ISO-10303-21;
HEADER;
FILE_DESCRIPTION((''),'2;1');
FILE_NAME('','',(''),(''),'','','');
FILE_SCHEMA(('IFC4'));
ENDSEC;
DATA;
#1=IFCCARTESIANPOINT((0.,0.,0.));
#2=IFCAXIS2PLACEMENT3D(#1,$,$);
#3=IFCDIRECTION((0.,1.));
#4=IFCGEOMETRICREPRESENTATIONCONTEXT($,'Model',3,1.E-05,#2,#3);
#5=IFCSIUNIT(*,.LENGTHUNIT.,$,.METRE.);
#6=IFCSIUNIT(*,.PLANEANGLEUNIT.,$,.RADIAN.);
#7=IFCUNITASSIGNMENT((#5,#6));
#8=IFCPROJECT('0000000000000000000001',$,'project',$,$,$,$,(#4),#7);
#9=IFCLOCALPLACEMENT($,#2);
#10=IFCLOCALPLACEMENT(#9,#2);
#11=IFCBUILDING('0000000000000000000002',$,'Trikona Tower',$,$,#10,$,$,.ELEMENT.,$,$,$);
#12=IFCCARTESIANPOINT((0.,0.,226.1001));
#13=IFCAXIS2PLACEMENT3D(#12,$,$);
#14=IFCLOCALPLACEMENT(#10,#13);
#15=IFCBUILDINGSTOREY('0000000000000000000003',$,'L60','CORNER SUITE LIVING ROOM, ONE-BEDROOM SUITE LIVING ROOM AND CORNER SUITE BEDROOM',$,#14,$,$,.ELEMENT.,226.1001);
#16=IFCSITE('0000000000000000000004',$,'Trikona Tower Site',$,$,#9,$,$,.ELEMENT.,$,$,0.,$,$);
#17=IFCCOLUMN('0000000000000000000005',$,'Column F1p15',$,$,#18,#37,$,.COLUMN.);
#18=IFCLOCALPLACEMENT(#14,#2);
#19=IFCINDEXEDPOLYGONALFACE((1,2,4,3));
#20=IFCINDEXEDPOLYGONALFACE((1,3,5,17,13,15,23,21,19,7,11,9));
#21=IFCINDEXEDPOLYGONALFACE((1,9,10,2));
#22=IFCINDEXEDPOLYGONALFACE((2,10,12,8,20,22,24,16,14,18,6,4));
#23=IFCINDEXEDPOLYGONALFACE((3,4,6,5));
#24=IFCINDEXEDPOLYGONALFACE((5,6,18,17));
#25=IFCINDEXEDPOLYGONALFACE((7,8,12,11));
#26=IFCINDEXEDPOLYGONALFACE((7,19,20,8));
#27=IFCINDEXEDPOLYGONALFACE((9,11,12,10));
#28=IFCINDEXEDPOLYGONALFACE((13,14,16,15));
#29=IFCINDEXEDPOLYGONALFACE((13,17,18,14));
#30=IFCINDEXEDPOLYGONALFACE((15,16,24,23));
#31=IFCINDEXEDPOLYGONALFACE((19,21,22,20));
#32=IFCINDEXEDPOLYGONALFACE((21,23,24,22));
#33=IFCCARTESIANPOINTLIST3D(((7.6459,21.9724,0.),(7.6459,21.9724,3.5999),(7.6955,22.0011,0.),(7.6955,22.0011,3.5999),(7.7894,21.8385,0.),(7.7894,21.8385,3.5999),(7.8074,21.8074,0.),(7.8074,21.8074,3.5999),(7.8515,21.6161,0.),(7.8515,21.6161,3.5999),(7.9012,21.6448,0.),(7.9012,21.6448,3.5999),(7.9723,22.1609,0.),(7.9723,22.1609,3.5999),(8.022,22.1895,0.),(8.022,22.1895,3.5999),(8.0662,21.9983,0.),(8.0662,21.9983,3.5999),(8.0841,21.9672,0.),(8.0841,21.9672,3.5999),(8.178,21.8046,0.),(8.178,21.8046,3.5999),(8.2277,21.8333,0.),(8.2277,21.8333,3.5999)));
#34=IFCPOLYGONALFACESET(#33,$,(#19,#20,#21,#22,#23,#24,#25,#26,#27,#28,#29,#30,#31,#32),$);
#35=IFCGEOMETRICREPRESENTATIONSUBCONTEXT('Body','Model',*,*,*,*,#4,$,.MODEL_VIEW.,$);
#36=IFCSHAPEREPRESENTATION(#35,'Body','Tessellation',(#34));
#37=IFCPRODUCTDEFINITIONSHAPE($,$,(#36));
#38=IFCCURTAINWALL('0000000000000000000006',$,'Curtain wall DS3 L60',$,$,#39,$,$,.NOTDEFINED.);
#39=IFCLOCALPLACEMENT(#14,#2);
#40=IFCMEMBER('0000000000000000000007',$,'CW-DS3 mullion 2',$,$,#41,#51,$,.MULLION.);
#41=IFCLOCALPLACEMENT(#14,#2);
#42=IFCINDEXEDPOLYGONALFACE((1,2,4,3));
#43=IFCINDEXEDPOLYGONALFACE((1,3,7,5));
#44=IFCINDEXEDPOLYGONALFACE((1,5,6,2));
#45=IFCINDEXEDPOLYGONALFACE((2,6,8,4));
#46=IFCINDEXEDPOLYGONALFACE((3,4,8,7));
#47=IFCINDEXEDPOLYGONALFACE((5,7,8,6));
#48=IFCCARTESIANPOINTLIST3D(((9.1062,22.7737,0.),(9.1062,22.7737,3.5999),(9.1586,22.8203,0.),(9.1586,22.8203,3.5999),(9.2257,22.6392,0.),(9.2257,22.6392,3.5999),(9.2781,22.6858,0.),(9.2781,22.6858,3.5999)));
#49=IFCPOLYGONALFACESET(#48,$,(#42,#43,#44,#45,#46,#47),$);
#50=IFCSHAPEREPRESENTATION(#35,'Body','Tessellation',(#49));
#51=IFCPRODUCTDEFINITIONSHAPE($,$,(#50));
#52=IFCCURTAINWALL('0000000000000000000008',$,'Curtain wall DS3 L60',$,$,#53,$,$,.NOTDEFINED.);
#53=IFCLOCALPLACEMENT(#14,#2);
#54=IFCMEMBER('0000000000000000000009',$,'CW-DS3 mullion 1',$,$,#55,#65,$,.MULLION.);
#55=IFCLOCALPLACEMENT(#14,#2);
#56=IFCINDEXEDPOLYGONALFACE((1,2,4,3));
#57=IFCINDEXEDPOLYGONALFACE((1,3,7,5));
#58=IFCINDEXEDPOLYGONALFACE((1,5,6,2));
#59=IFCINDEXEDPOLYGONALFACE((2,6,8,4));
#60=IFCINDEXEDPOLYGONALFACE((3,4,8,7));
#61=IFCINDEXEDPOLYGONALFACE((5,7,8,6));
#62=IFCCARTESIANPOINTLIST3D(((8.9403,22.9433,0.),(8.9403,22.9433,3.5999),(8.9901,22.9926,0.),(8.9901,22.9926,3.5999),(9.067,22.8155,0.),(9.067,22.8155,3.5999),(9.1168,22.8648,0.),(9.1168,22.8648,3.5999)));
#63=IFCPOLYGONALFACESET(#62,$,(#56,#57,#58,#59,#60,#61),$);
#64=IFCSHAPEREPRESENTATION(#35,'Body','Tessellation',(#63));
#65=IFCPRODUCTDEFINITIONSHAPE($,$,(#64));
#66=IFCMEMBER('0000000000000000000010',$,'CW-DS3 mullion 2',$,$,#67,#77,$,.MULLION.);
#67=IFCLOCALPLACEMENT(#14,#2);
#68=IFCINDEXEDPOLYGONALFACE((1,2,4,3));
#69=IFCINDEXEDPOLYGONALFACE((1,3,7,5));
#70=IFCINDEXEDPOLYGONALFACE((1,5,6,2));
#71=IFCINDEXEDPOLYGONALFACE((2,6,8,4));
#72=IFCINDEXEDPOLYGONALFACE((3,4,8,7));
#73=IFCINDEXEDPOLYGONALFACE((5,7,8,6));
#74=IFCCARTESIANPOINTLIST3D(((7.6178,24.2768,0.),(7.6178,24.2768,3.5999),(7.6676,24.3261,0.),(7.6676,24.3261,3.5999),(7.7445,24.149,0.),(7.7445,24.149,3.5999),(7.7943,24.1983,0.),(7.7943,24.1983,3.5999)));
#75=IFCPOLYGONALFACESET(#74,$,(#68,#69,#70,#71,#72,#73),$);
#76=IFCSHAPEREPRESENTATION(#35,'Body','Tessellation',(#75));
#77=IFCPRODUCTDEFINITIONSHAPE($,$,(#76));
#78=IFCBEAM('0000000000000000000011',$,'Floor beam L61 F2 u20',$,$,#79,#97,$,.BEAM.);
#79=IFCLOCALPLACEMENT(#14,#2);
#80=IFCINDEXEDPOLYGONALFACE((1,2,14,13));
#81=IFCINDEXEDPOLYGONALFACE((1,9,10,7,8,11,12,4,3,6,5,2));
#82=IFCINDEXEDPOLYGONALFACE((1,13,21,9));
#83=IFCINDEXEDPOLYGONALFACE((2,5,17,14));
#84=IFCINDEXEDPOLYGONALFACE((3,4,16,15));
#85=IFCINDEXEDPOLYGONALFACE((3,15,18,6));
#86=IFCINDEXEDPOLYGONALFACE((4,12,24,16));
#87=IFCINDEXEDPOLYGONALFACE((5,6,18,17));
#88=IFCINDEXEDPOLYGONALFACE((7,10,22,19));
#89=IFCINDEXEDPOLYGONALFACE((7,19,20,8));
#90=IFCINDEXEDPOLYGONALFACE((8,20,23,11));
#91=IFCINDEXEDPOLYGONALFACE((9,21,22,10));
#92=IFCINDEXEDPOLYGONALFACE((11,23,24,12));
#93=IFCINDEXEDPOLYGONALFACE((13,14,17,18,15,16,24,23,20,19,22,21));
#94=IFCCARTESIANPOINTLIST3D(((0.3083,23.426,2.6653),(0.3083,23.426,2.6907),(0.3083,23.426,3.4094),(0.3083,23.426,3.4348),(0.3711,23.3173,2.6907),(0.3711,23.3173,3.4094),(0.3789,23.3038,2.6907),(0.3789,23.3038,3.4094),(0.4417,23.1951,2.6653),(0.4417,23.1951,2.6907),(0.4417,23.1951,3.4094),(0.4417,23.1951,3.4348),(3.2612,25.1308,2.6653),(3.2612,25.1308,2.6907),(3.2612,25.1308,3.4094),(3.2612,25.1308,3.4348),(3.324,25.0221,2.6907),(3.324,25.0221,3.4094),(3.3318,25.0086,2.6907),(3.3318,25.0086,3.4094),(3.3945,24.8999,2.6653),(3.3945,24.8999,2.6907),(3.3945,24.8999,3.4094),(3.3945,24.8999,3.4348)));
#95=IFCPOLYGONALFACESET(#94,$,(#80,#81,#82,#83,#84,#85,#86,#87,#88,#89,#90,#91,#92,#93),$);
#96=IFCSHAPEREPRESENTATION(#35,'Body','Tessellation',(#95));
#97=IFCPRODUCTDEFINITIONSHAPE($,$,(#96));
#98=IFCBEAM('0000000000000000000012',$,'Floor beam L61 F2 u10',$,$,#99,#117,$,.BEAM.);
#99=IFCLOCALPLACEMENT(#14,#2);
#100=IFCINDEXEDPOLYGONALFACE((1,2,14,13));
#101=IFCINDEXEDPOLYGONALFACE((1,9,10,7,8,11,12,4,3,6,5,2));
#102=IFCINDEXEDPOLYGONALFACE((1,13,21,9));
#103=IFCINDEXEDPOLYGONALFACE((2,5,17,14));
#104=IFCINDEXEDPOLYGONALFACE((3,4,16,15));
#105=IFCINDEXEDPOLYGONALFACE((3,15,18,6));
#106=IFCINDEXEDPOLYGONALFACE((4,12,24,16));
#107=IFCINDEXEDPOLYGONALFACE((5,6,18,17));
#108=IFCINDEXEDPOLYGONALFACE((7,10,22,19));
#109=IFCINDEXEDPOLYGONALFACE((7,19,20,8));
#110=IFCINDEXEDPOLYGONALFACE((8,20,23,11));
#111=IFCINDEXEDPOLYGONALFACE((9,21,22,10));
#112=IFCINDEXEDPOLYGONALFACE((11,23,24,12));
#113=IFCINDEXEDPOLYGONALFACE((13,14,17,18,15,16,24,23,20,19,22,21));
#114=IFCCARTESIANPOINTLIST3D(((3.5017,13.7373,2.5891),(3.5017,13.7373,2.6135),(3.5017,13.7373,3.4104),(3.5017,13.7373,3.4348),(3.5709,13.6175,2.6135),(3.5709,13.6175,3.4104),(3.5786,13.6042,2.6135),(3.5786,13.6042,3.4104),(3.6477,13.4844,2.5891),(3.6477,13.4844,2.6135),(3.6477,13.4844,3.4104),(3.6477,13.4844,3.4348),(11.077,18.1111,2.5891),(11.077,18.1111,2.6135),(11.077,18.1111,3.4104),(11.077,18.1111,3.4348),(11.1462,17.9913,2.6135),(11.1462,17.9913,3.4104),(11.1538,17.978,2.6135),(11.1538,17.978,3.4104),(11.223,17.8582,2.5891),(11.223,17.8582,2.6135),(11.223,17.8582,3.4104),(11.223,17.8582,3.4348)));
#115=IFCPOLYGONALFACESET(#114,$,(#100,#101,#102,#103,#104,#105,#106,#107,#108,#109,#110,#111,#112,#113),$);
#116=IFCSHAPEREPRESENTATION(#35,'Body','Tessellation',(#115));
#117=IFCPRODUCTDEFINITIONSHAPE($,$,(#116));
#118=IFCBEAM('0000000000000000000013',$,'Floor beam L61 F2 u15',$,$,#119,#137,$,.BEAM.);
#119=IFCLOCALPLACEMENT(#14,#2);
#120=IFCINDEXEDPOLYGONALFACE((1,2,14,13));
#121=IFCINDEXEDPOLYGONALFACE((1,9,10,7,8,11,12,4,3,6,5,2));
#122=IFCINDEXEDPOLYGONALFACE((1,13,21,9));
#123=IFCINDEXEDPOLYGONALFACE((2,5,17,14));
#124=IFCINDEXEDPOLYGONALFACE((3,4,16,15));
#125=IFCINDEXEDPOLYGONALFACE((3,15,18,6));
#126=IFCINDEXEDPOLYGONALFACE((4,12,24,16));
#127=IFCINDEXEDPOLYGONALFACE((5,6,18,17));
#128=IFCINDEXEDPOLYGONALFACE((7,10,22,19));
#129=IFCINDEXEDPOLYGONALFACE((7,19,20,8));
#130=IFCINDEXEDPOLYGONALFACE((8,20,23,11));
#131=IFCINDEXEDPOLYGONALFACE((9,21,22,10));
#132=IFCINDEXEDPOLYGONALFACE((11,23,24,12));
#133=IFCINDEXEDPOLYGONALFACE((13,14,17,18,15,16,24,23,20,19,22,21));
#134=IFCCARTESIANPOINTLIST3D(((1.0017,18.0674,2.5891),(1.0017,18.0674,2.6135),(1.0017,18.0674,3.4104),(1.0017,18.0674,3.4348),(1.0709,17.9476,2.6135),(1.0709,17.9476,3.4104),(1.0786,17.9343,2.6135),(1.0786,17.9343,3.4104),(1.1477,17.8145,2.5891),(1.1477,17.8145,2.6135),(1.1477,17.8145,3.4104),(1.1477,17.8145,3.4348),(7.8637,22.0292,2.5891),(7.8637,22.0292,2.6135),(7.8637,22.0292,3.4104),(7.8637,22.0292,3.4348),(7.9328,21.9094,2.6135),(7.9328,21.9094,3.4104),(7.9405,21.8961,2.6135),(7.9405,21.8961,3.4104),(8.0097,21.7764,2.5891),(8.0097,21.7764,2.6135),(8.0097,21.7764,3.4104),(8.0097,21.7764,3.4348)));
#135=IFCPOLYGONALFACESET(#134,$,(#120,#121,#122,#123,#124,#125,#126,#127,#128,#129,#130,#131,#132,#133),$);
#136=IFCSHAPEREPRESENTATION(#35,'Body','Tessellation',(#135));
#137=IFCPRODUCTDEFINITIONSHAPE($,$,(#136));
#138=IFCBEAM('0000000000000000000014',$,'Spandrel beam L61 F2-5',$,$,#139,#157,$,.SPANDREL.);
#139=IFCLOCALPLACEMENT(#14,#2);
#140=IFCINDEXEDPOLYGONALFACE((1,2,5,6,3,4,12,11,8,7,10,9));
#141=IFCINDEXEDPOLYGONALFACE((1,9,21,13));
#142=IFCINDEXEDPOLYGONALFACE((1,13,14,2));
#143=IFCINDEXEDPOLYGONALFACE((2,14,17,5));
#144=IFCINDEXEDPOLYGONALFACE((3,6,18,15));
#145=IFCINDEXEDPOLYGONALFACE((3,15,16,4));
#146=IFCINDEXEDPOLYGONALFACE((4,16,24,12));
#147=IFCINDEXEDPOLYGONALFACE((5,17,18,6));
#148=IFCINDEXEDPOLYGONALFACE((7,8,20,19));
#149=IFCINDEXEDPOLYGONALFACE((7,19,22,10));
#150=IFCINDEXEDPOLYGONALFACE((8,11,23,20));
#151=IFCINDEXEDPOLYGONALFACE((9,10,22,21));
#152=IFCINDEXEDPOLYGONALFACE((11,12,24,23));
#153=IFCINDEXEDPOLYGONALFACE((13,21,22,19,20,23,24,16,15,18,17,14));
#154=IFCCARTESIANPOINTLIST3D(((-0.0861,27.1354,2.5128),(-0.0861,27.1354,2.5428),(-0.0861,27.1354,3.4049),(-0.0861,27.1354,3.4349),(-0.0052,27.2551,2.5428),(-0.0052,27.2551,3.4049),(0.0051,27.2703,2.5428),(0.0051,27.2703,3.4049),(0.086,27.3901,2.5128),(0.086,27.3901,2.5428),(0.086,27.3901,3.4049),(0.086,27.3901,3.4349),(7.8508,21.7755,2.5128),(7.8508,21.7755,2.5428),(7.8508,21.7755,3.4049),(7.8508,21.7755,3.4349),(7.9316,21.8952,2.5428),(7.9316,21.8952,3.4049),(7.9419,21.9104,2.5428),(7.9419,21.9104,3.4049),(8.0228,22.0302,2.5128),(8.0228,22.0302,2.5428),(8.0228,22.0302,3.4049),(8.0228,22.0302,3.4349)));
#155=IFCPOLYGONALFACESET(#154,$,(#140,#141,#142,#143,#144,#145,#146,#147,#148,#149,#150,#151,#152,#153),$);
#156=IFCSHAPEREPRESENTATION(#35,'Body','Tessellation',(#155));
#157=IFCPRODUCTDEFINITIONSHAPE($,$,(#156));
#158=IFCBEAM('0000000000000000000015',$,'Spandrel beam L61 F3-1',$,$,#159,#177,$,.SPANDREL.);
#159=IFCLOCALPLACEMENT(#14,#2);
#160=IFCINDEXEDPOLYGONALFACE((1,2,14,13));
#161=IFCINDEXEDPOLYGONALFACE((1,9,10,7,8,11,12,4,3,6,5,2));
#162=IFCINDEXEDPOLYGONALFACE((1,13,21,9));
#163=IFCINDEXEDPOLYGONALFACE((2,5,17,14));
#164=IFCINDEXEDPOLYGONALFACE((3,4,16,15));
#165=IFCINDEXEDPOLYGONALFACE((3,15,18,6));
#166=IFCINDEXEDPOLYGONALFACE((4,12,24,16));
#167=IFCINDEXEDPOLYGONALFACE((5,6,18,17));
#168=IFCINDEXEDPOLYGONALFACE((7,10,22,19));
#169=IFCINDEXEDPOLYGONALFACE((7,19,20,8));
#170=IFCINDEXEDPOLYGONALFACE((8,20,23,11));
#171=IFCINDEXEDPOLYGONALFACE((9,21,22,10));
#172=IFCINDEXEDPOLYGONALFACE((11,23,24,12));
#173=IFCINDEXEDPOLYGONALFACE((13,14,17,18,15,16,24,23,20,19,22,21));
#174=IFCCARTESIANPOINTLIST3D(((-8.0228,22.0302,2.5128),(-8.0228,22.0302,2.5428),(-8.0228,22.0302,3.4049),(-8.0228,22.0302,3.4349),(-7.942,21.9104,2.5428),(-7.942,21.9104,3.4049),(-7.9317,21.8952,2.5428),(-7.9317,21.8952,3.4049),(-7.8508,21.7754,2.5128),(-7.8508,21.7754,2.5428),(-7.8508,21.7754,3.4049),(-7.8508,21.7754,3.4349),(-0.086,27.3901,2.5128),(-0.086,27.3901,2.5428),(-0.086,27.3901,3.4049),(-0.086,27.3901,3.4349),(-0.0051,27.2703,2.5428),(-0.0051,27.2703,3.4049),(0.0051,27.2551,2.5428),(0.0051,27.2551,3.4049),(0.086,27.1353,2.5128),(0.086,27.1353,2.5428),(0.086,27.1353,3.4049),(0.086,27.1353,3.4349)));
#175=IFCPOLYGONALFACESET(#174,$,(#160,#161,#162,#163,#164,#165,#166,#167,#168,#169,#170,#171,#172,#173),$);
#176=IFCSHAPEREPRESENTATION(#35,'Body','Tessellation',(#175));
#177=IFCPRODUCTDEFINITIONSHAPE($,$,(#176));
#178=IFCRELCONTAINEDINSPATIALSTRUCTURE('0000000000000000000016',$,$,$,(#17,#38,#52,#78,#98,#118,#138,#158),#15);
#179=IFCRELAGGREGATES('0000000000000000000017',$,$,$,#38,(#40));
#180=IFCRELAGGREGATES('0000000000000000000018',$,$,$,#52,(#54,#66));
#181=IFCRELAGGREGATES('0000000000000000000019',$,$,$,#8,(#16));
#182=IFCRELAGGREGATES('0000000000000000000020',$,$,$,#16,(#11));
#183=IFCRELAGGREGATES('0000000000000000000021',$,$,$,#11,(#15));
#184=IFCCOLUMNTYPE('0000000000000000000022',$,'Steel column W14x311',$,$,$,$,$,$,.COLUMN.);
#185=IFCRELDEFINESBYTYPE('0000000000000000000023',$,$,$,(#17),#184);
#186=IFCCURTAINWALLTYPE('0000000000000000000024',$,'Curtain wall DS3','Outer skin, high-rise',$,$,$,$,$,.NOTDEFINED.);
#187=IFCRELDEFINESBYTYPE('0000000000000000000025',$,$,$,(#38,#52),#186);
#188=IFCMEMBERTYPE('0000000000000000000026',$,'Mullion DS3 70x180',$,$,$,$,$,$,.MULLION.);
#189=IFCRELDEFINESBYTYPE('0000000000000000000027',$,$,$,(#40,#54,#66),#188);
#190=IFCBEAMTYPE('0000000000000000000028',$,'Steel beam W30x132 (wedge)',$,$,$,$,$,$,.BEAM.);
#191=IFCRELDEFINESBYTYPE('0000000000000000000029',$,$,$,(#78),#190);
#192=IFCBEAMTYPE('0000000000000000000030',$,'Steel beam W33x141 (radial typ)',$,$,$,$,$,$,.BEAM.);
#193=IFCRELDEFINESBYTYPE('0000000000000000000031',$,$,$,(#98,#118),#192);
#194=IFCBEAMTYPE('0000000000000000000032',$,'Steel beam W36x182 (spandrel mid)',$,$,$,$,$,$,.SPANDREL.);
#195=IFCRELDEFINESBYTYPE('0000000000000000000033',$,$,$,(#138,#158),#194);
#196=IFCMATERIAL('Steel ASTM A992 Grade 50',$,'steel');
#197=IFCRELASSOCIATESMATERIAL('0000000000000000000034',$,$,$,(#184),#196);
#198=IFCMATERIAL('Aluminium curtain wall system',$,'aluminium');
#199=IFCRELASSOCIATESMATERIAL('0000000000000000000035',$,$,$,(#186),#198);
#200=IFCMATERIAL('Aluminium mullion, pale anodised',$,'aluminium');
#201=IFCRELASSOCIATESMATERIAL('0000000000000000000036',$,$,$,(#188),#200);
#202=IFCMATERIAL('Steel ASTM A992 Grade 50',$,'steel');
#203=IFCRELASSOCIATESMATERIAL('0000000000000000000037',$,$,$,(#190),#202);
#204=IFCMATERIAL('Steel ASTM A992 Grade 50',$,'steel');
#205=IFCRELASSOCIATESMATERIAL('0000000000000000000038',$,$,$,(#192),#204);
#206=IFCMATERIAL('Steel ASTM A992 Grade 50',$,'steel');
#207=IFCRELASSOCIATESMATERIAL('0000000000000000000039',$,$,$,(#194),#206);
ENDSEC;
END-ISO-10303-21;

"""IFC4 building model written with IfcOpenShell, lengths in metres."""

from ifc_helpers import new_model, si_unit, direction, frame, origin, origin_2d, place, context, subcontext, project, spatial, rectangle, i_section, extrude, material, material_profile, profile_set, type_object, element, aggregate, save


model = new_model("IFC4")

# Units and contexts
model_context = context("Model", 3, precision=1e-05, world=origin(), true_north=direction((0.0, 1.0)))
body_context = subcontext(model_context, "Body", "Model", "MODEL_VIEW")
ifc_project = project(units=[si_unit("LENGTHUNIT", "METRE"), si_unit("PLANEANGLEUNIT", "RADIAN")], contexts=[model_context])

# Site, building, storey
site_placement = place(None, origin())
site = spatial("IfcSite", under=ifc_project, at=site_placement, Name="Trikona Tower Site", CompositionType="ELEMENT", RefElevation=0.0)
building_placement = place(site_placement, origin())
building = spatial("IfcBuilding", under=site, at=building_placement, Name="Trikona Tower", CompositionType="ELEMENT")
storey_placement = place(building_placement, frame((0.0, 0.0, 226.1001)))
storey = spatial("IfcBuildingStorey", under=building, at=storey_placement, Name="L60", Description="CORNER SUITE LIVING ROOM, ONE-BEDROOM SUITE LIVING ROOM AND CORNER SUITE BEDROOM", CompositionType="ELEMENT", Elevation=226.1001)

# Column
ifc_material_1 = material(Name="Steel ASTM A992 Grade 50", Category="steel")
ifc_material_profile_1 = material_profile(ifc_material_1, i_section(OverallWidth=0.4114, OverallDepth=0.4343, WebThickness=0.0359, FlangeThickness=0.0574, at=origin_2d()), Name="W14X311")
ifc_profile_set_1 = profile_set([ifc_material_profile_1], Name="Steel ASTM A992 Grade 50")
column_type = type_object("IfcColumnType", Name="Steel column W14x311", PredefinedType="COLUMN", material=ifc_profile_set_1)
column_placement = place(storey_placement, frame((7.9368, 21.9028, 0.0), z_axis=(0.0, 0.0, 1.0), x_axis=(-0.5, 0.866025, 0.0)))
element("IfcColumn", 1, at=column_placement, inside=storey, type_object=column_type, Name="Column F1p15", PredefinedType="COLUMN", context=body_context, shape_type="SweptSolid", body=[
    extrude(i_section(OverallWidth=0.4114, OverallDepth=0.4343, WebThickness=0.0359, FlangeThickness=0.0574, at=origin_2d()), origin(), (0.0, 0.0, 1.0), 3.5999),
])

# Curtain wall, member
ifc_material_2 = material(Name="Aluminium curtain wall system", Category="aluminium")
curtain_wall_type = type_object("IfcCurtainWallType", Name="Curtain wall DS3", Description="Outer skin, high-rise", PredefinedType="NOTDEFINED", material=ifc_material_2)
curtain_wall_1_placement = place(storey_placement, origin())
curtain_wall_1 = element("IfcCurtainWall", 2, at=curtain_wall_1_placement, inside=storey, type_object=curtain_wall_type, Name="Curtain wall DS3 L60", PredefinedType="NOTDEFINED")
ifc_material_3 = material(Name="Aluminium mullion, pale anodised", Category="aluminium")
ifc_material_profile_2 = material_profile(ifc_material_3, rectangle(XDim=0.0701, YDim=0.1799, at=origin_2d()), Name="MUL-DS3")
ifc_profile_set_2 = profile_set([ifc_material_profile_2], Name="Aluminium mullion, pale anodised")
member_type_1 = type_object("IfcMemberType", Name="Mullion DS3 70x180", PredefinedType="MULLION", material=ifc_profile_set_2)
member_1_placement = place(storey_placement, frame((9.1921, 22.7297, 0.0), z_axis=(0.0, 0.0, 1.0), x_axis=(-0.747403, -0.664371, 0.0)))
member_1 = element("IfcMember", 3, at=member_1_placement, type_object=member_type_1, Name="CW-DS3 mullion 2", PredefinedType="MULLION", context=body_context, shape_type="SweptSolid", body=[
    extrude(rectangle(XDim=0.0701, YDim=0.1799, at=origin_2d()), origin(), (0.0, 0.0, 1.0), 3.5999),
])
aggregate(curtain_wall_1, [member_1])

# Curtain wall, members
curtain_wall_2_placement = place(storey_placement, origin())
curtain_wall_2 = element("IfcCurtainWall", 4, at=curtain_wall_2_placement, inside=storey, type_object=curtain_wall_type, Name="Curtain wall DS3 L60", PredefinedType="NOTDEFINED")
member_2_placement = place(storey_placement, frame((9.0286, 22.9041, 0.0), z_axis=(0.0, 0.0, 1.0), x_axis=(-0.710052, -0.704149, 0.0)))
member_2 = element("IfcMember", 5, at=member_2_placement, type_object=member_type_1, Name="CW-DS3 mullion 1", PredefinedType="MULLION", context=body_context, shape_type="SweptSolid", body=[
    extrude(rectangle(XDim=0.0701, YDim=0.1799, at=origin_2d()), origin(), (0.0, 0.0, 1.0), 3.5999),
])
member_3_placement = place(storey_placement, frame((7.7061, 24.2375, 0.0), z_axis=(0.0, 0.0, 1.0), x_axis=(-0.710052, -0.704149, 0.0)))
member_3 = element("IfcMember", 6, at=member_3_placement, type_object=member_type_1, Name="CW-DS3 mullion 2", PredefinedType="MULLION", context=body_context, shape_type="SweptSolid", body=[
    extrude(rectangle(XDim=0.0701, YDim=0.1799, at=origin_2d()), origin(), (0.0, 0.0, 1.0), 3.5999),
])

# Beams
ifc_material_4 = material(Name="Steel ASTM A992 Grade 50", Category="steel")
ifc_material_profile_3 = material_profile(ifc_material_4, i_section(OverallWidth=0.2666, OverallDepth=0.7695, WebThickness=0.0156, FlangeThickness=0.0254, at=origin_2d()), Name="W30X132")
ifc_profile_set_3 = profile_set([ifc_material_profile_3], Name="Steel ASTM A992 Grade 50")
beam_type_1 = type_object("IfcBeamType", Name="Steel beam W30x132 (wedge)", PredefinedType="BEAM", material=ifc_profile_set_3)
beam_1_placement = place(storey_placement, frame((0.375, 23.3105, 3.05), z_axis=(0.866027, 0.499997, 0.0), x_axis=(-0.499997, 0.866027, 0.0)))
element("IfcBeam", 7, at=beam_1_placement, inside=storey, type_object=beam_type_1, Name="Floor beam L61 F2 u20", PredefinedType="BEAM", context=body_context, shape_type="SweptSolid", body=[
    extrude(i_section(OverallWidth=0.2666, OverallDepth=0.7695, WebThickness=0.0156, FlangeThickness=0.0254, at=origin_2d()), origin(), (0.0, 0.0, 1.0), 3.4097),
])
ifc_material_5 = material(Name="Steel ASTM A992 Grade 50", Category="steel")
ifc_material_profile_4 = material_profile(ifc_material_5, i_section(OverallWidth=0.292, OverallDepth=0.8457, WebThickness=0.0154, FlangeThickness=0.0244, at=origin_2d()), Name="W33X141")
ifc_profile_set_4 = profile_set([ifc_material_profile_4], Name="Steel ASTM A992 Grade 50")
beam_type_2 = type_object("IfcBeamType", Name="Steel beam W33x141 (radial typ)", PredefinedType="BEAM", material=ifc_profile_set_4)
beam_2_placement = place(storey_placement, frame((3.5747, 13.6108, 3.012), z_axis=(0.866014, 0.50002, 0.0), x_axis=(-0.50002, 0.866014, 0.0)))
element("IfcBeam", 8, at=beam_2_placement, inside=storey, type_object=beam_type_2, Name="Floor beam L61 F2 u10", PredefinedType="BEAM", context=body_context, shape_type="SweptSolid", body=[
    extrude(i_section(OverallWidth=0.292, OverallDepth=0.8457, WebThickness=0.0154, FlangeThickness=0.0244, at=origin_2d()), origin(), (0.0, 0.0, 1.0), 8.7473),
])
beam_3_placement = place(storey_placement, frame((1.0747, 17.9409, 3.012), z_axis=(0.86602, 0.50001, 0.0), x_axis=(-0.50001, 0.86602, 0.0)))
element("IfcBeam", 9, at=beam_3_placement, inside=storey, type_object=beam_type_2, Name="Floor beam L61 F2 u15", PredefinedType="BEAM", context=body_context, shape_type="SweptSolid", body=[
    extrude(i_section(OverallWidth=0.292, OverallDepth=0.8457, WebThickness=0.0154, FlangeThickness=0.0244, at=origin_2d()), origin(), (0.0, 0.0, 1.0), 7.9236),
])
ifc_material_6 = material(Name="Steel ASTM A992 Grade 50", Category="steel")
ifc_material_profile_5 = material_profile(ifc_material_6, i_section(OverallWidth=0.3074, OverallDepth=0.9221, WebThickness=0.0183, FlangeThickness=0.03, at=origin_2d()), Name="W36X182")
ifc_profile_set_5 = profile_set([ifc_material_profile_5], Name="Steel ASTM A992 Grade 50")
beam_type_3 = type_object("IfcBeamType", Name="Steel beam W36x182 (spandrel mid)", PredefinedType="SPANDREL", material=ifc_profile_set_5)
for number, where, z_axis, x_axis, name in (
    (10, (7.9368, 21.9028, 2.9739), (-0.828725, 0.559655, 0.0), (-0.559655, -0.828725, 0.0), "Spandrel beam L61 F2-5"),
    (11, (0.0, 27.2627, 2.9739), (-0.828725, -0.559655, 0.0), (0.559655, -0.828725, 0.0), "Spandrel beam L61 F3-1"),
):
    element("IfcBeam", number, at=place(storey_placement, frame(where, z_axis=z_axis, x_axis=x_axis)), inside=storey, type_object=beam_type_3, Name=name, PredefinedType="SPANDREL", context=body_context, shape_type="SweptSolid", body=[
        extrude(i_section(OverallWidth=0.3074, OverallDepth=0.9221, WebThickness=0.0183, FlangeThickness=0.03, at=origin_2d()), origin(), (0.0, 0.0, 1.0), 9.5771),
    ])

aggregate(curtain_wall_2, [member_2, member_3])

save(model, "model.ifc")
